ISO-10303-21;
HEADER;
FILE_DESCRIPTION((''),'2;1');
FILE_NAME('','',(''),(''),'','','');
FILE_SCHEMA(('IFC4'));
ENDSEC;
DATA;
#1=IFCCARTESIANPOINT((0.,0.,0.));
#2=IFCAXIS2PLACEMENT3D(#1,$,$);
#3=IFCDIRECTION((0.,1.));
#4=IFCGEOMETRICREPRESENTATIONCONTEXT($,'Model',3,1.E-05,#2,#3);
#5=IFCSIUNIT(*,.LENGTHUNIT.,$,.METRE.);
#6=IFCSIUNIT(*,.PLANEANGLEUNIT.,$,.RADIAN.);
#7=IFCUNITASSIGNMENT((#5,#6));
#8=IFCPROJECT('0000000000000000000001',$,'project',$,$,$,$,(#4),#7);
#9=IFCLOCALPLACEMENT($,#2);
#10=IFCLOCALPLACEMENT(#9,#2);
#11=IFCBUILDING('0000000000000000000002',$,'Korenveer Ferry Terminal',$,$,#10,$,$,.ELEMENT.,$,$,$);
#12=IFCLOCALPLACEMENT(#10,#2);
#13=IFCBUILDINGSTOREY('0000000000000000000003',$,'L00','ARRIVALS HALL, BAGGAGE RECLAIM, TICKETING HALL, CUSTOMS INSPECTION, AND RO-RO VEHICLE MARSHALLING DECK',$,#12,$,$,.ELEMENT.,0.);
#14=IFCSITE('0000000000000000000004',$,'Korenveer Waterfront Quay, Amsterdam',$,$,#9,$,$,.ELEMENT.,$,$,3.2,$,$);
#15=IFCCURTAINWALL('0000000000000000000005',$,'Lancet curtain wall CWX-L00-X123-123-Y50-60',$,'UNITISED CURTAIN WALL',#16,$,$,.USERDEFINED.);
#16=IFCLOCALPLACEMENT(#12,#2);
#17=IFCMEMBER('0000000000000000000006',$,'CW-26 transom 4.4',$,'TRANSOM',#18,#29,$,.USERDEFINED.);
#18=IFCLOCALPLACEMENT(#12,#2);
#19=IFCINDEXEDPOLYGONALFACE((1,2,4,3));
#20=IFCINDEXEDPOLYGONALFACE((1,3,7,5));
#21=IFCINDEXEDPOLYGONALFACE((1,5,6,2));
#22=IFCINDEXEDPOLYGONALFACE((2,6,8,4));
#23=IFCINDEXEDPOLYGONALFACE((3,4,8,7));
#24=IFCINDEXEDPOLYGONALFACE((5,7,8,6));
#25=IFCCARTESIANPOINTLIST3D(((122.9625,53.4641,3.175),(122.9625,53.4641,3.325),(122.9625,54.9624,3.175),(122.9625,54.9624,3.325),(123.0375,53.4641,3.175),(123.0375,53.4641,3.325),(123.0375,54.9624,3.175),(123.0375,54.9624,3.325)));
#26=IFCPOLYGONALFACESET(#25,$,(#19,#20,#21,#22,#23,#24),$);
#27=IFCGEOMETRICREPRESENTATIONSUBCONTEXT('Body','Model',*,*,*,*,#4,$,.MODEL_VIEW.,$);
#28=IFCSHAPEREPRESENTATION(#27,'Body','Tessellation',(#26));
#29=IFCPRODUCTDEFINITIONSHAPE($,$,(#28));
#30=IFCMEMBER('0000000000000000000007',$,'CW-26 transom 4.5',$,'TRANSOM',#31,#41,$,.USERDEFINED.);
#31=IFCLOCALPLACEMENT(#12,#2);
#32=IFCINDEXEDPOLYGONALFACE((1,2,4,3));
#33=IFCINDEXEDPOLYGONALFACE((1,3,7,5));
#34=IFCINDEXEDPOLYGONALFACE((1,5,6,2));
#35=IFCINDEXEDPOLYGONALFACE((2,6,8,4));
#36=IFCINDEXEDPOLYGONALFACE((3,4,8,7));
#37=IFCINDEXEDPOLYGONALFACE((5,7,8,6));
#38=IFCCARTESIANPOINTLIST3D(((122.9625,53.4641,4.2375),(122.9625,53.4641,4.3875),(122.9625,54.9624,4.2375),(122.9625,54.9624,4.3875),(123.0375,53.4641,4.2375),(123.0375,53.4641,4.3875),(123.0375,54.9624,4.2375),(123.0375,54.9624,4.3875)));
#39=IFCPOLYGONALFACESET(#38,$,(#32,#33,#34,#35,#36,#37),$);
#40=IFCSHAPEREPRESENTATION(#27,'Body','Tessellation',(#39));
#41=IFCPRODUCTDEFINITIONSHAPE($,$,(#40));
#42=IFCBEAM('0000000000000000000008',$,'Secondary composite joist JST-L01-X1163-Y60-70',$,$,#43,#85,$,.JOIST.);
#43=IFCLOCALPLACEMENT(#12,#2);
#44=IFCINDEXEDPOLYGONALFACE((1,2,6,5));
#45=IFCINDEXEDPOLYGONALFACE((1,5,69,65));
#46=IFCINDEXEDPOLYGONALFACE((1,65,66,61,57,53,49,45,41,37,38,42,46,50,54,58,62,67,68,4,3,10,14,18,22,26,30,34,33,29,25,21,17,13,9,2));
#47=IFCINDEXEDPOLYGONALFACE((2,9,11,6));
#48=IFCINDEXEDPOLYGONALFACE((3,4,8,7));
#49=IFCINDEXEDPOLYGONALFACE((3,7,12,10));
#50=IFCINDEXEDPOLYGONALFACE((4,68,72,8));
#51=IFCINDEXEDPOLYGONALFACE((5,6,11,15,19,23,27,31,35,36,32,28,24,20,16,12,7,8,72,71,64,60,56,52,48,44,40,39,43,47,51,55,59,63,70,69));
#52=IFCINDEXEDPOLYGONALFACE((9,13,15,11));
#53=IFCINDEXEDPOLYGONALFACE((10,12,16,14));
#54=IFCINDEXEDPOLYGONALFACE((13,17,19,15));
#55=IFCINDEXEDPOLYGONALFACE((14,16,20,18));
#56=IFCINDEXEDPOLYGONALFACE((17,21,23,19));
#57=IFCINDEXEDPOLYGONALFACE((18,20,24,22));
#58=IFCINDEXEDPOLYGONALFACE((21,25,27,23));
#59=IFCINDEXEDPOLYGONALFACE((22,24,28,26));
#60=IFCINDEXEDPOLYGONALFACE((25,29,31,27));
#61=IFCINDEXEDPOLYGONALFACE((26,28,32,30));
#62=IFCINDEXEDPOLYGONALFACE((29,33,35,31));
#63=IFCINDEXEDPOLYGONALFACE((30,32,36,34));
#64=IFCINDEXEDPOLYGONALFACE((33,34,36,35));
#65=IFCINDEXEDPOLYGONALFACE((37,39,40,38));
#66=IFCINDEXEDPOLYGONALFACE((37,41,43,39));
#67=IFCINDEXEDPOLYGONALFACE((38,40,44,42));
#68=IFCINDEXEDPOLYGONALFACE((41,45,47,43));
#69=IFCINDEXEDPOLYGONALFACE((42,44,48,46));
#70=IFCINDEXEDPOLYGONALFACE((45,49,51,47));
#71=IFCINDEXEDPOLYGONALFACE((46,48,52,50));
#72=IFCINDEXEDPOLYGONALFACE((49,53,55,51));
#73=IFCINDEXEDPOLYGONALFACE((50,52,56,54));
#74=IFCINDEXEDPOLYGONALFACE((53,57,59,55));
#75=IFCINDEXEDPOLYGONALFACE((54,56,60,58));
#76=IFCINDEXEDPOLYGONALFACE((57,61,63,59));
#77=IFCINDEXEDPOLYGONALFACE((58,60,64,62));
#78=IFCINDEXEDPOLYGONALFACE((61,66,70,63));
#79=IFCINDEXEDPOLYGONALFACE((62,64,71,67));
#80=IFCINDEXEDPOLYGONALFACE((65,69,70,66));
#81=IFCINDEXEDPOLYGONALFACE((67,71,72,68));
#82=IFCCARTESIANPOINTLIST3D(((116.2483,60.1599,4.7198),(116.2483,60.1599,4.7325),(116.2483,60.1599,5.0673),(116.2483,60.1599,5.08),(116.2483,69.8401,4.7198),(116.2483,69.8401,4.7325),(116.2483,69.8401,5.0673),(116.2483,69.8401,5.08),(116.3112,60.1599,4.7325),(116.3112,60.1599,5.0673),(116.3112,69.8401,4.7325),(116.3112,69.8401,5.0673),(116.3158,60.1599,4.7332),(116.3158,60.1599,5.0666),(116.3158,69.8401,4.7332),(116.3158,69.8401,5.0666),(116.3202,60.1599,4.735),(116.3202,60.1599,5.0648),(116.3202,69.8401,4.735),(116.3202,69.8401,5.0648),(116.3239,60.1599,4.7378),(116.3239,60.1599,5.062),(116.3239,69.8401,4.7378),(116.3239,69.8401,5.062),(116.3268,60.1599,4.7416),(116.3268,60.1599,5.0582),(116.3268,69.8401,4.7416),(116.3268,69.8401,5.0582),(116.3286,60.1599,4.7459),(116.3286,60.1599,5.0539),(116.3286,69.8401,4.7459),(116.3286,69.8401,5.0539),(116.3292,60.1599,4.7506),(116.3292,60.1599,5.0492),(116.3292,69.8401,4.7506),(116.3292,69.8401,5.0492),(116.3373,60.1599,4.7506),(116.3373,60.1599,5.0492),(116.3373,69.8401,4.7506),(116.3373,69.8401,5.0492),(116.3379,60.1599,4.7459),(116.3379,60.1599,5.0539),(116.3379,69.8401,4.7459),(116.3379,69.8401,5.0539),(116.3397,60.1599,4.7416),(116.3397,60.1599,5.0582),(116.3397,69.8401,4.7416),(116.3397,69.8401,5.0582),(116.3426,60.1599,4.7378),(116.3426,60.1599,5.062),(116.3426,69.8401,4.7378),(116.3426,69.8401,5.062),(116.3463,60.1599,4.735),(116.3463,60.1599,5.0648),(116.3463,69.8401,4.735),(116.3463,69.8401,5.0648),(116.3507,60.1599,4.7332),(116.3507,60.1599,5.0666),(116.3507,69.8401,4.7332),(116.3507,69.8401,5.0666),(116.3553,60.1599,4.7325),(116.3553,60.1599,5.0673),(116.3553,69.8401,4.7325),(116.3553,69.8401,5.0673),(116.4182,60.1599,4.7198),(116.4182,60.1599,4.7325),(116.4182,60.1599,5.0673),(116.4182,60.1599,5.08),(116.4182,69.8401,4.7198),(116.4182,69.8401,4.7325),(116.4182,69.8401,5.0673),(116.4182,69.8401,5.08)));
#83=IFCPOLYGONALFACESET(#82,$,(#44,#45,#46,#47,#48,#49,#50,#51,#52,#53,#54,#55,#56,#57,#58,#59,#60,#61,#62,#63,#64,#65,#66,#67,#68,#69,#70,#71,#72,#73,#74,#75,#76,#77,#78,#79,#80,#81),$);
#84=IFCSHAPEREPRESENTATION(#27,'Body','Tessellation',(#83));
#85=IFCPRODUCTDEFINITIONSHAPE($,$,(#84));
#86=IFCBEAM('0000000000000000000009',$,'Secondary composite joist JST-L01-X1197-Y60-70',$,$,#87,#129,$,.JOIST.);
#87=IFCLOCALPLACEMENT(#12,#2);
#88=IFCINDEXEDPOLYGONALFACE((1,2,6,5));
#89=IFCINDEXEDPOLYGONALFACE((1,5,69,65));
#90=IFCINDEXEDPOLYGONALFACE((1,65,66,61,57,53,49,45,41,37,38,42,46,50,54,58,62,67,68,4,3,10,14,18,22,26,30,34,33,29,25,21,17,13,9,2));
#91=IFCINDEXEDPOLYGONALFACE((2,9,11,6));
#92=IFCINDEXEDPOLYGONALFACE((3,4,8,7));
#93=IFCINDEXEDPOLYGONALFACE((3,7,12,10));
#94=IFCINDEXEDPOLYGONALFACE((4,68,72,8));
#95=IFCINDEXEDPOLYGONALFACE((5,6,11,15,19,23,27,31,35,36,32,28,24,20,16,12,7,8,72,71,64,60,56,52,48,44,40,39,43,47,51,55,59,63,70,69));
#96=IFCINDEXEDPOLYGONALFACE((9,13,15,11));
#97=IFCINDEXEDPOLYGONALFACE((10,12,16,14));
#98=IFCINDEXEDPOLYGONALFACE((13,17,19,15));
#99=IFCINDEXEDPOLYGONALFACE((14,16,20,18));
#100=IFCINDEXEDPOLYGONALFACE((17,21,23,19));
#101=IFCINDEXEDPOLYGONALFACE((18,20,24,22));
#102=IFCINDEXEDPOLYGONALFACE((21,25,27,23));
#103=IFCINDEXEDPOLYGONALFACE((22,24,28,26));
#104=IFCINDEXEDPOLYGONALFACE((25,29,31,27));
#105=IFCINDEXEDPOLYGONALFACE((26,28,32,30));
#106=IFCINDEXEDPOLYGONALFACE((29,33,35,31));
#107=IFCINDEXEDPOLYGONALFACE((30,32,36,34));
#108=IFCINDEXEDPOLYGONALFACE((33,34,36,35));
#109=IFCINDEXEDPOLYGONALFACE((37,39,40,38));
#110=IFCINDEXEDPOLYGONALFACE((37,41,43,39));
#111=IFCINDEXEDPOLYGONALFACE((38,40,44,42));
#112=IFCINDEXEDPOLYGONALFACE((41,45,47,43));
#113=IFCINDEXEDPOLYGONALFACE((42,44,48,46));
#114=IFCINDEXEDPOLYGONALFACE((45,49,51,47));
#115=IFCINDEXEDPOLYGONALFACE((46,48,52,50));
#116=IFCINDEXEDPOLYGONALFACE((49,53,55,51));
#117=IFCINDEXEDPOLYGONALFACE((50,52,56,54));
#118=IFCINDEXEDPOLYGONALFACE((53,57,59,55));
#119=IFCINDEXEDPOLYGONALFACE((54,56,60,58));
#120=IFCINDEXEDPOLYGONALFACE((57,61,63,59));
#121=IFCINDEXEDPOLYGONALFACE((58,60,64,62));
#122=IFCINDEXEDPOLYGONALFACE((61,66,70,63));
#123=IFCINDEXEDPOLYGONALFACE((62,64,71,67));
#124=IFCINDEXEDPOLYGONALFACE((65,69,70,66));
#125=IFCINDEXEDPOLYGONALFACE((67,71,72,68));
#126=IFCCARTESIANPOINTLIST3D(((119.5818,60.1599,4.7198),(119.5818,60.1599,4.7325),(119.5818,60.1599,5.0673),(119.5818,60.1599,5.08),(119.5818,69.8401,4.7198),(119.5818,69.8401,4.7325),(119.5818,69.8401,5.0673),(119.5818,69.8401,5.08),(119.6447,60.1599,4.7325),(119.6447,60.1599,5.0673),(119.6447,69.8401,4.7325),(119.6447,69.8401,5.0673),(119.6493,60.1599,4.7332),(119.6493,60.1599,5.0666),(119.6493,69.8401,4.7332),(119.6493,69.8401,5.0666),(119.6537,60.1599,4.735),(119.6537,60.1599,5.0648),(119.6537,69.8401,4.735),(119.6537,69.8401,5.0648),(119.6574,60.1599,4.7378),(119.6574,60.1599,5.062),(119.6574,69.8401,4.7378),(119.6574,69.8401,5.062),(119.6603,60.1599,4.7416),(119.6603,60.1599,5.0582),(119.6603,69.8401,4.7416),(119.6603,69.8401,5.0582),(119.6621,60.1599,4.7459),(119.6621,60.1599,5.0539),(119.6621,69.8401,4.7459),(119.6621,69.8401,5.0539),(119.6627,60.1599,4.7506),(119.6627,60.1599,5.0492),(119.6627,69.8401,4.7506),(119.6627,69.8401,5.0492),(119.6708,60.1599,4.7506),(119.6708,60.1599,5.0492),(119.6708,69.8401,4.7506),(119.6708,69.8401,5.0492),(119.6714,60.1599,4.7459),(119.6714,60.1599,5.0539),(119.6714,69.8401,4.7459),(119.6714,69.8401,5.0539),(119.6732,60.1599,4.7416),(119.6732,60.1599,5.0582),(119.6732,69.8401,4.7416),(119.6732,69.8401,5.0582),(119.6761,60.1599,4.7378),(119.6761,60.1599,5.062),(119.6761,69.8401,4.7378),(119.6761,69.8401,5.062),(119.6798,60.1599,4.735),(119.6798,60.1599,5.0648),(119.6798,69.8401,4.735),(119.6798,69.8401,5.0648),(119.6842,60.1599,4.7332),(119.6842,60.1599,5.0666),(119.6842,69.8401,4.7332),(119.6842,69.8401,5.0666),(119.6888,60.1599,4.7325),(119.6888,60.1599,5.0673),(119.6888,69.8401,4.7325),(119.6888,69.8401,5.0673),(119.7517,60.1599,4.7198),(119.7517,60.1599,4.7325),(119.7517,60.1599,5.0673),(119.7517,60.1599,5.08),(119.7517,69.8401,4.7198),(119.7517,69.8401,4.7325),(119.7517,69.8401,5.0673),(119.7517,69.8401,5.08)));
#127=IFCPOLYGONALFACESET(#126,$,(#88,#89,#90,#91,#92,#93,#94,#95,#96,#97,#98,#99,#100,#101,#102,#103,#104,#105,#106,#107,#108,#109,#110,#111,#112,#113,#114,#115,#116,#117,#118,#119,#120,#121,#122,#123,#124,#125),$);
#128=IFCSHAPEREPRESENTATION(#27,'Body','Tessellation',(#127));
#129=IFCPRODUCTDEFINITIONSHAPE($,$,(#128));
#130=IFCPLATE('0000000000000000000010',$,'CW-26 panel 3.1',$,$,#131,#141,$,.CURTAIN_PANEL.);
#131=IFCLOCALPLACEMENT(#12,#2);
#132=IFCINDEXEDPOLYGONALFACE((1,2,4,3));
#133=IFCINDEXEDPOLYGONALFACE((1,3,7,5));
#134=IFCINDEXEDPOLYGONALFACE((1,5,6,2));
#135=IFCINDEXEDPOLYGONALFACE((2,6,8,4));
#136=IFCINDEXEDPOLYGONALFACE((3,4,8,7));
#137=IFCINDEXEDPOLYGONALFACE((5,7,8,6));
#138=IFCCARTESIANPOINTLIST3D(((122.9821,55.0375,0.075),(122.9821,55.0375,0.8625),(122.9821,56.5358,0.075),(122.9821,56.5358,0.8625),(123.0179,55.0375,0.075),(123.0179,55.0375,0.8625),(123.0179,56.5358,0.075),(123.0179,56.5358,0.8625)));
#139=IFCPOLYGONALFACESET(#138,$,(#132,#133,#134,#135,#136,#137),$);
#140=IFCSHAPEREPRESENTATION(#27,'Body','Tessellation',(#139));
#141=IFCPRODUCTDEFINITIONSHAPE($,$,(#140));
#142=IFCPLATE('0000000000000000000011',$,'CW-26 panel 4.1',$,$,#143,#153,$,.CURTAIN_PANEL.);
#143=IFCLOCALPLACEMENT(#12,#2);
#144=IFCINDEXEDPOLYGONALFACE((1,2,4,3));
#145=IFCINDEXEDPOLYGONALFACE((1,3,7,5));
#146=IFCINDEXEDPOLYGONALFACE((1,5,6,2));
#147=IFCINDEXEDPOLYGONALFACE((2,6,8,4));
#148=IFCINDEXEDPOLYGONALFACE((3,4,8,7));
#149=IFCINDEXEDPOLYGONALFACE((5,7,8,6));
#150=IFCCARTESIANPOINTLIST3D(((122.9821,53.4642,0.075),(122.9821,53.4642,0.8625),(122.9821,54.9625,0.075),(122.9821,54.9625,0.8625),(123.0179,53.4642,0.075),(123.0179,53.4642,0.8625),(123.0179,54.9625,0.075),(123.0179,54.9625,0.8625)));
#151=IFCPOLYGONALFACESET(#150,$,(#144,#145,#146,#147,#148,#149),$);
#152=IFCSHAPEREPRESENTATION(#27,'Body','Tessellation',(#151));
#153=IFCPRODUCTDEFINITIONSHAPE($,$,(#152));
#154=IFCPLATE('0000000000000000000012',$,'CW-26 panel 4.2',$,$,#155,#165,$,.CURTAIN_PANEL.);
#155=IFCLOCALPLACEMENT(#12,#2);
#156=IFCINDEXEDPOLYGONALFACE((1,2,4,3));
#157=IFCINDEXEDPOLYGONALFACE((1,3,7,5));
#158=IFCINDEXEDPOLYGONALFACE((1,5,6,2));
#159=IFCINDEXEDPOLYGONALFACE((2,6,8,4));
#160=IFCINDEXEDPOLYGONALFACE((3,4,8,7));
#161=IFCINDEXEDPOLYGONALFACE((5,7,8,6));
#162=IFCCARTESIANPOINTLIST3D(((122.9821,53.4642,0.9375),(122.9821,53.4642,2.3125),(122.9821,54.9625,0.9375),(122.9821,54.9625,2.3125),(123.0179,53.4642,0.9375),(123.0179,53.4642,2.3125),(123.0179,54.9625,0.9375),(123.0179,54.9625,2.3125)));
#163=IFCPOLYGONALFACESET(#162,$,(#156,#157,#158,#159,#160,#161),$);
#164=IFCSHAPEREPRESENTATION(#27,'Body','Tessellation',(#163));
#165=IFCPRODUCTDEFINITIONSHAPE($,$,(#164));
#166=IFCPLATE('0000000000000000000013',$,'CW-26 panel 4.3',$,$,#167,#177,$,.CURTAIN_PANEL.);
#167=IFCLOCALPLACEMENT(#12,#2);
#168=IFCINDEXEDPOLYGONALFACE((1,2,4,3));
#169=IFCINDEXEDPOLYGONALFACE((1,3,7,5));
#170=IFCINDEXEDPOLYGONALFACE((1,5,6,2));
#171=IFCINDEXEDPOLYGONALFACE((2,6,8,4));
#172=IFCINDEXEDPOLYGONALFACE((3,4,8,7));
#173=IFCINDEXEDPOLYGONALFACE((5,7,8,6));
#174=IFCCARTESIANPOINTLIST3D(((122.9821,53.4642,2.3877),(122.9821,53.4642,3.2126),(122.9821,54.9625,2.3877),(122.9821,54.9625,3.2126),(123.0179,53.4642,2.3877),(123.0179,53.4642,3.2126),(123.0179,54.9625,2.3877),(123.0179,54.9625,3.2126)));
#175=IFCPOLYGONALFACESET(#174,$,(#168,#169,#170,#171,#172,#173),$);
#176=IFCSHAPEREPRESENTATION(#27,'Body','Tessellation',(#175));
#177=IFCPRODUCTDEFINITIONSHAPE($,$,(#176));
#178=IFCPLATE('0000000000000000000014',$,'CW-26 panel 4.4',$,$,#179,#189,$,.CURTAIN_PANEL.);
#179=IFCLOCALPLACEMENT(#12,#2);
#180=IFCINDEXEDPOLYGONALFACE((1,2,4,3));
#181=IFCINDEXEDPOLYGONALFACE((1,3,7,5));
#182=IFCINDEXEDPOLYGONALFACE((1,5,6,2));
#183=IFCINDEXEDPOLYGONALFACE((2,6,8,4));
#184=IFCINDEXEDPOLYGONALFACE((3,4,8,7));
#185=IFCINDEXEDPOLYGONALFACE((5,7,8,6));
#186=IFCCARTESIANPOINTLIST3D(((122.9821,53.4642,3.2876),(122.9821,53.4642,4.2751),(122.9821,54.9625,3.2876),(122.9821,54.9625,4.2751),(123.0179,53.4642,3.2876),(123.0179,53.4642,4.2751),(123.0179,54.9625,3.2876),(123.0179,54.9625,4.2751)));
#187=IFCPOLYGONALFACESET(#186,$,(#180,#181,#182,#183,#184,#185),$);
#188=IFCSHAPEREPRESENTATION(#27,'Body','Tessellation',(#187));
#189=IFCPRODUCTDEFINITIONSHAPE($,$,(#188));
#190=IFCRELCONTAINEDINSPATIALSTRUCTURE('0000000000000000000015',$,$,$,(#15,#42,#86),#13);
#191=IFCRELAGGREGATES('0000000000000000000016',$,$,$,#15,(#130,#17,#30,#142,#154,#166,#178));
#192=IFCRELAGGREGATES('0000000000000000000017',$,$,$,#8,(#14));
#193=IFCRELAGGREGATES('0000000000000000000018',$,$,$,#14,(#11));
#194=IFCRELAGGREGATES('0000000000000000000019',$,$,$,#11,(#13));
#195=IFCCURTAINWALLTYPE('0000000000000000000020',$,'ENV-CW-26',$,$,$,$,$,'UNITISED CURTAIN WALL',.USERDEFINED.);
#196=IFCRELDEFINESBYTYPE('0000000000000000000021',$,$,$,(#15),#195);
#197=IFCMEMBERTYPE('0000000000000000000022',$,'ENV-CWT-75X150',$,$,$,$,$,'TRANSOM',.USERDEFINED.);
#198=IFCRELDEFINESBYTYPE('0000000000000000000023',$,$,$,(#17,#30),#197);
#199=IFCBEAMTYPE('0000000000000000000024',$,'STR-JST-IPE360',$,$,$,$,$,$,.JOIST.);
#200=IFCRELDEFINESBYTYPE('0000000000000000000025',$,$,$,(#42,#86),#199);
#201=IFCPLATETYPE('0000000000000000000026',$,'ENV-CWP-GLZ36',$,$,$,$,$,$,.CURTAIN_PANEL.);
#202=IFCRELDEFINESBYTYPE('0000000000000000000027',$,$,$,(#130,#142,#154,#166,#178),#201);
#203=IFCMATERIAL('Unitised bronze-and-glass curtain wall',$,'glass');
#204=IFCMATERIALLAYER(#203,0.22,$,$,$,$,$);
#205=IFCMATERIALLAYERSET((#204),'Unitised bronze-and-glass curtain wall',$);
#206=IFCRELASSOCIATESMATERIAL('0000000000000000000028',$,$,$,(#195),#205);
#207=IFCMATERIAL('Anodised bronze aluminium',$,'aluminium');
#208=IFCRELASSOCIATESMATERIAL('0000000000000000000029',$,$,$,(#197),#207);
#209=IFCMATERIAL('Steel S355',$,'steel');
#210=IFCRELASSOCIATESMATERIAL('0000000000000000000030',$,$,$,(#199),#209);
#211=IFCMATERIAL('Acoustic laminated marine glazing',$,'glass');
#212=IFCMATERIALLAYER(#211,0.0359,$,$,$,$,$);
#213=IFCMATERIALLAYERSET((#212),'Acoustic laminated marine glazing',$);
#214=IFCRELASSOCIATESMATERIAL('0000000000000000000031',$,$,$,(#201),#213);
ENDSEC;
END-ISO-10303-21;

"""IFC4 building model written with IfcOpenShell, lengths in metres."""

from ifc_helpers import new_model, si_unit, direction, frame, origin, origin_2d, place, context, subcontext, project, spatial, rectangle, i_section, extrude, material, layer, layer_set, material_profile, profile_set, type_object, element, aggregate, save


model = new_model("IFC4")

# Units and contexts
model_context = context("Model", 3, precision=1e-05, world=origin(), true_north=direction((0.0, 1.0)))
body_context = subcontext(model_context, "Body", "Model", "MODEL_VIEW")
ifc_project = project(units=[si_unit("LENGTHUNIT", "METRE"), si_unit("PLANEANGLEUNIT", "RADIAN")], contexts=[model_context])

# Site, building, storey
site_placement = place(None, origin())
site = spatial("IfcSite", under=ifc_project, at=site_placement, Name="Korenveer Waterfront Quay, Amsterdam", CompositionType="ELEMENT", RefElevation=3.2)
building_placement = place(site_placement, origin())
building = spatial("IfcBuilding", under=site, at=building_placement, Name="Korenveer Ferry Terminal", CompositionType="ELEMENT")
storey_placement = place(building_placement, origin())
storey = spatial("IfcBuildingStorey", under=building, at=storey_placement, Name="L00", Description="ARRIVALS HALL, BAGGAGE RECLAIM, TICKETING HALL, CUSTOMS INSPECTION, AND RO-RO VEHICLE MARSHALLING DECK", CompositionType="ELEMENT", Elevation=0.0)

# Curtain wall, members
ifc_material_1 = material(Name="Unitised bronze-and-glass curtain wall", Category="glass")
ifc_layer_1 = layer(ifc_material_1, 0.22)
ifc_layer_set_1 = layer_set([ifc_layer_1], Name="Unitised bronze-and-glass curtain wall")
curtain_wall_type = type_object("IfcCurtainWallType", Name="ENV-CW-26", ElementType="UNITISED CURTAIN WALL", PredefinedType="USERDEFINED", material=ifc_layer_set_1)
curtain_wall_placement = place(storey_placement, frame((123.0, 59.72, 0.0)))
curtain_wall = element("IfcCurtainWall", 1, at=curtain_wall_placement, inside=storey, type_object=curtain_wall_type, Name="Lancet curtain wall CWX-L00-X123-123-Y50-60", ObjectType="UNITISED CURTAIN WALL", PredefinedType="USERDEFINED")
ifc_material_2 = material(Name="Anodised bronze aluminium", Category="aluminium")
ifc_material_profile_1 = material_profile(ifc_material_2, rectangle(XDim=0.075, YDim=0.1499, at=origin_2d()), Name="ALU 75x150")
ifc_profile_set_1 = profile_set([ifc_material_profile_1], Name="Anodised bronze aluminium")
member_type_1 = type_object("IfcMemberType", Name="ENV-CWT-75X150", ElementType="TRANSOM", PredefinedType="USERDEFINED", material=ifc_profile_set_1)
member_1_placement = place(storey_placement, frame((123.0, 54.9624, 3.25), z_axis=(0.0, -1.0, 0.0), x_axis=(1.0, 0.0, 0.0)))
member_1 = element("IfcMember", 2, at=member_1_placement, type_object=member_type_1, Name="CW-26 transom 4.4", ObjectType="TRANSOM", PredefinedType="USERDEFINED", context=body_context, shape_type="SweptSolid", body=[
    extrude(rectangle(XDim=0.075, YDim=0.1499, at=origin_2d()), origin(), (0.0, 0.0, 1.0), 1.4983),
])
member_2_placement = place(storey_placement, frame((123.0, 54.9624, 4.3125), z_axis=(0.0, -1.0, 0.0), x_axis=(1.0, 0.0, 0.0)))
member_2 = element("IfcMember", 3, at=member_2_placement, type_object=member_type_1, Name="CW-26 transom 4.5", ObjectType="TRANSOM", PredefinedType="USERDEFINED", context=body_context, shape_type="SweptSolid", body=[
    extrude(rectangle(XDim=0.075, YDim=0.1499, at=origin_2d()), origin(), (0.0, 0.0, 1.0), 1.4983),
])

# Beams
ifc_material_3 = material(Name="Steel S355", Category="steel")
ifc_material_profile_2 = material_profile(ifc_material_3, i_section(OverallWidth=0.1699, OverallDepth=0.3601, WebThickness=0.0081, FlangeThickness=0.0127, FilletRadius=0.0181, at=origin_2d()), Name="IPE 360")
ifc_profile_set_2 = profile_set([ifc_material_profile_2], Name="Steel S355")
beam_type = type_object("IfcBeamType", Name="STR-JST-IPE360", PredefinedType="JOIST", material=ifc_profile_set_2)
for number, where, z_axis, x_axis, name in (
    (4, (116.3333, 60.1599, 4.8999), (0.0, 1.0, 0.0), (-1.0, 0.0, 0.0), "Secondary composite joist JST-L01-X1163-Y60-70"),
    (5, (119.6667, 60.1599, 4.8999), (0.0, 1.0, 0.0), (-1.0, 0.0, 0.0), "Secondary composite joist JST-L01-X1197-Y60-70"),
):
    element("IfcBeam", number, at=place(storey_placement, frame(where, z_axis=z_axis, x_axis=x_axis)), inside=storey, type_object=beam_type, Name=name, PredefinedType="JOIST", context=body_context, shape_type="SweptSolid", body=[
        extrude(i_section(OverallWidth=0.1699, OverallDepth=0.3601, WebThickness=0.0081, FlangeThickness=0.0127, FilletRadius=0.0181, at=origin_2d()), origin(), (0.0, 0.0, 1.0), 9.6802),
    ])

# Plates
ifc_material_4 = material(Name="Acoustic laminated marine glazing", Category="glass")
ifc_layer_2 = layer(ifc_material_4, 0.0359)
ifc_layer_set_2 = layer_set([ifc_layer_2], Name="Acoustic laminated marine glazing")
plate_type = type_object("IfcPlateType", Name="ENV-CWP-GLZ36", PredefinedType="CURTAIN_PANEL", material=ifc_layer_set_2)
plate_1_placement = place(storey_placement, frame((123.0, 55.7866, 0.075), z_axis=(0.0, 0.0, 1.0), x_axis=(0.0, -1.0, 0.0)))
plate_1 = element("IfcPlate", 6, at=plate_1_placement, type_object=plate_type, Name="CW-26 panel 3.1", PredefinedType="CURTAIN_PANEL", context=body_context, shape_type="SweptSolid", body=[
    extrude(rectangle(XDim=1.4983, YDim=0.0359, at=origin_2d()), origin(), (0.0, 0.0, 1.0), 0.7876),
])
plate_2_placement = place(storey_placement, frame((123.0, 54.2134, 0.075), z_axis=(0.0, 0.0, 1.0), x_axis=(0.0, -1.0, 0.0)))
plate_2 = element("IfcPlate", 7, at=plate_2_placement, type_object=plate_type, Name="CW-26 panel 4.1", PredefinedType="CURTAIN_PANEL", context=body_context, shape_type="SweptSolid", body=[
    extrude(rectangle(XDim=1.4983, YDim=0.0359, at=origin_2d()), origin(), (0.0, 0.0, 1.0), 0.7876),
])
plate_3_placement = place(storey_placement, frame((123.0, 54.2134, 0.9375), z_axis=(0.0, 0.0, 1.0), x_axis=(0.0, -1.0, 0.0)))
plate_3 = element("IfcPlate", 8, at=plate_3_placement, type_object=plate_type, Name="CW-26 panel 4.2", PredefinedType="CURTAIN_PANEL", context=body_context, shape_type="SweptSolid", body=[
    extrude(rectangle(XDim=1.4983, YDim=0.0359, at=origin_2d()), origin(), (0.0, 0.0, 1.0), 1.375),
])
plate_4_placement = place(storey_placement, frame((123.0, 54.2134, 2.3877), z_axis=(0.0, 0.0, 1.0), x_axis=(0.0, -1.0, 0.0)))
plate_4 = element("IfcPlate", 9, at=plate_4_placement, type_object=plate_type, Name="CW-26 panel 4.3", PredefinedType="CURTAIN_PANEL", context=body_context, shape_type="SweptSolid", body=[
    extrude(rectangle(XDim=1.4983, YDim=0.0359, at=origin_2d()), origin(), (0.0, 0.0, 1.0), 0.825),
])
plate_5_placement = place(storey_placement, frame((123.0, 54.2134, 3.2876), z_axis=(0.0, 0.0, 1.0), x_axis=(0.0, -1.0, 0.0)))
plate_5 = element("IfcPlate", 10, at=plate_5_placement, type_object=plate_type, Name="CW-26 panel 4.4", PredefinedType="CURTAIN_PANEL", context=body_context, shape_type="SweptSolid", body=[
    extrude(rectangle(XDim=1.4983, YDim=0.0359, at=origin_2d()), origin(), (0.0, 0.0, 1.0), 0.9875),
])
aggregate(curtain_wall, [plate_1, member_1, member_2, plate_2, plate_3, plate_4, plate_5])

save(model, "model.ifc")
